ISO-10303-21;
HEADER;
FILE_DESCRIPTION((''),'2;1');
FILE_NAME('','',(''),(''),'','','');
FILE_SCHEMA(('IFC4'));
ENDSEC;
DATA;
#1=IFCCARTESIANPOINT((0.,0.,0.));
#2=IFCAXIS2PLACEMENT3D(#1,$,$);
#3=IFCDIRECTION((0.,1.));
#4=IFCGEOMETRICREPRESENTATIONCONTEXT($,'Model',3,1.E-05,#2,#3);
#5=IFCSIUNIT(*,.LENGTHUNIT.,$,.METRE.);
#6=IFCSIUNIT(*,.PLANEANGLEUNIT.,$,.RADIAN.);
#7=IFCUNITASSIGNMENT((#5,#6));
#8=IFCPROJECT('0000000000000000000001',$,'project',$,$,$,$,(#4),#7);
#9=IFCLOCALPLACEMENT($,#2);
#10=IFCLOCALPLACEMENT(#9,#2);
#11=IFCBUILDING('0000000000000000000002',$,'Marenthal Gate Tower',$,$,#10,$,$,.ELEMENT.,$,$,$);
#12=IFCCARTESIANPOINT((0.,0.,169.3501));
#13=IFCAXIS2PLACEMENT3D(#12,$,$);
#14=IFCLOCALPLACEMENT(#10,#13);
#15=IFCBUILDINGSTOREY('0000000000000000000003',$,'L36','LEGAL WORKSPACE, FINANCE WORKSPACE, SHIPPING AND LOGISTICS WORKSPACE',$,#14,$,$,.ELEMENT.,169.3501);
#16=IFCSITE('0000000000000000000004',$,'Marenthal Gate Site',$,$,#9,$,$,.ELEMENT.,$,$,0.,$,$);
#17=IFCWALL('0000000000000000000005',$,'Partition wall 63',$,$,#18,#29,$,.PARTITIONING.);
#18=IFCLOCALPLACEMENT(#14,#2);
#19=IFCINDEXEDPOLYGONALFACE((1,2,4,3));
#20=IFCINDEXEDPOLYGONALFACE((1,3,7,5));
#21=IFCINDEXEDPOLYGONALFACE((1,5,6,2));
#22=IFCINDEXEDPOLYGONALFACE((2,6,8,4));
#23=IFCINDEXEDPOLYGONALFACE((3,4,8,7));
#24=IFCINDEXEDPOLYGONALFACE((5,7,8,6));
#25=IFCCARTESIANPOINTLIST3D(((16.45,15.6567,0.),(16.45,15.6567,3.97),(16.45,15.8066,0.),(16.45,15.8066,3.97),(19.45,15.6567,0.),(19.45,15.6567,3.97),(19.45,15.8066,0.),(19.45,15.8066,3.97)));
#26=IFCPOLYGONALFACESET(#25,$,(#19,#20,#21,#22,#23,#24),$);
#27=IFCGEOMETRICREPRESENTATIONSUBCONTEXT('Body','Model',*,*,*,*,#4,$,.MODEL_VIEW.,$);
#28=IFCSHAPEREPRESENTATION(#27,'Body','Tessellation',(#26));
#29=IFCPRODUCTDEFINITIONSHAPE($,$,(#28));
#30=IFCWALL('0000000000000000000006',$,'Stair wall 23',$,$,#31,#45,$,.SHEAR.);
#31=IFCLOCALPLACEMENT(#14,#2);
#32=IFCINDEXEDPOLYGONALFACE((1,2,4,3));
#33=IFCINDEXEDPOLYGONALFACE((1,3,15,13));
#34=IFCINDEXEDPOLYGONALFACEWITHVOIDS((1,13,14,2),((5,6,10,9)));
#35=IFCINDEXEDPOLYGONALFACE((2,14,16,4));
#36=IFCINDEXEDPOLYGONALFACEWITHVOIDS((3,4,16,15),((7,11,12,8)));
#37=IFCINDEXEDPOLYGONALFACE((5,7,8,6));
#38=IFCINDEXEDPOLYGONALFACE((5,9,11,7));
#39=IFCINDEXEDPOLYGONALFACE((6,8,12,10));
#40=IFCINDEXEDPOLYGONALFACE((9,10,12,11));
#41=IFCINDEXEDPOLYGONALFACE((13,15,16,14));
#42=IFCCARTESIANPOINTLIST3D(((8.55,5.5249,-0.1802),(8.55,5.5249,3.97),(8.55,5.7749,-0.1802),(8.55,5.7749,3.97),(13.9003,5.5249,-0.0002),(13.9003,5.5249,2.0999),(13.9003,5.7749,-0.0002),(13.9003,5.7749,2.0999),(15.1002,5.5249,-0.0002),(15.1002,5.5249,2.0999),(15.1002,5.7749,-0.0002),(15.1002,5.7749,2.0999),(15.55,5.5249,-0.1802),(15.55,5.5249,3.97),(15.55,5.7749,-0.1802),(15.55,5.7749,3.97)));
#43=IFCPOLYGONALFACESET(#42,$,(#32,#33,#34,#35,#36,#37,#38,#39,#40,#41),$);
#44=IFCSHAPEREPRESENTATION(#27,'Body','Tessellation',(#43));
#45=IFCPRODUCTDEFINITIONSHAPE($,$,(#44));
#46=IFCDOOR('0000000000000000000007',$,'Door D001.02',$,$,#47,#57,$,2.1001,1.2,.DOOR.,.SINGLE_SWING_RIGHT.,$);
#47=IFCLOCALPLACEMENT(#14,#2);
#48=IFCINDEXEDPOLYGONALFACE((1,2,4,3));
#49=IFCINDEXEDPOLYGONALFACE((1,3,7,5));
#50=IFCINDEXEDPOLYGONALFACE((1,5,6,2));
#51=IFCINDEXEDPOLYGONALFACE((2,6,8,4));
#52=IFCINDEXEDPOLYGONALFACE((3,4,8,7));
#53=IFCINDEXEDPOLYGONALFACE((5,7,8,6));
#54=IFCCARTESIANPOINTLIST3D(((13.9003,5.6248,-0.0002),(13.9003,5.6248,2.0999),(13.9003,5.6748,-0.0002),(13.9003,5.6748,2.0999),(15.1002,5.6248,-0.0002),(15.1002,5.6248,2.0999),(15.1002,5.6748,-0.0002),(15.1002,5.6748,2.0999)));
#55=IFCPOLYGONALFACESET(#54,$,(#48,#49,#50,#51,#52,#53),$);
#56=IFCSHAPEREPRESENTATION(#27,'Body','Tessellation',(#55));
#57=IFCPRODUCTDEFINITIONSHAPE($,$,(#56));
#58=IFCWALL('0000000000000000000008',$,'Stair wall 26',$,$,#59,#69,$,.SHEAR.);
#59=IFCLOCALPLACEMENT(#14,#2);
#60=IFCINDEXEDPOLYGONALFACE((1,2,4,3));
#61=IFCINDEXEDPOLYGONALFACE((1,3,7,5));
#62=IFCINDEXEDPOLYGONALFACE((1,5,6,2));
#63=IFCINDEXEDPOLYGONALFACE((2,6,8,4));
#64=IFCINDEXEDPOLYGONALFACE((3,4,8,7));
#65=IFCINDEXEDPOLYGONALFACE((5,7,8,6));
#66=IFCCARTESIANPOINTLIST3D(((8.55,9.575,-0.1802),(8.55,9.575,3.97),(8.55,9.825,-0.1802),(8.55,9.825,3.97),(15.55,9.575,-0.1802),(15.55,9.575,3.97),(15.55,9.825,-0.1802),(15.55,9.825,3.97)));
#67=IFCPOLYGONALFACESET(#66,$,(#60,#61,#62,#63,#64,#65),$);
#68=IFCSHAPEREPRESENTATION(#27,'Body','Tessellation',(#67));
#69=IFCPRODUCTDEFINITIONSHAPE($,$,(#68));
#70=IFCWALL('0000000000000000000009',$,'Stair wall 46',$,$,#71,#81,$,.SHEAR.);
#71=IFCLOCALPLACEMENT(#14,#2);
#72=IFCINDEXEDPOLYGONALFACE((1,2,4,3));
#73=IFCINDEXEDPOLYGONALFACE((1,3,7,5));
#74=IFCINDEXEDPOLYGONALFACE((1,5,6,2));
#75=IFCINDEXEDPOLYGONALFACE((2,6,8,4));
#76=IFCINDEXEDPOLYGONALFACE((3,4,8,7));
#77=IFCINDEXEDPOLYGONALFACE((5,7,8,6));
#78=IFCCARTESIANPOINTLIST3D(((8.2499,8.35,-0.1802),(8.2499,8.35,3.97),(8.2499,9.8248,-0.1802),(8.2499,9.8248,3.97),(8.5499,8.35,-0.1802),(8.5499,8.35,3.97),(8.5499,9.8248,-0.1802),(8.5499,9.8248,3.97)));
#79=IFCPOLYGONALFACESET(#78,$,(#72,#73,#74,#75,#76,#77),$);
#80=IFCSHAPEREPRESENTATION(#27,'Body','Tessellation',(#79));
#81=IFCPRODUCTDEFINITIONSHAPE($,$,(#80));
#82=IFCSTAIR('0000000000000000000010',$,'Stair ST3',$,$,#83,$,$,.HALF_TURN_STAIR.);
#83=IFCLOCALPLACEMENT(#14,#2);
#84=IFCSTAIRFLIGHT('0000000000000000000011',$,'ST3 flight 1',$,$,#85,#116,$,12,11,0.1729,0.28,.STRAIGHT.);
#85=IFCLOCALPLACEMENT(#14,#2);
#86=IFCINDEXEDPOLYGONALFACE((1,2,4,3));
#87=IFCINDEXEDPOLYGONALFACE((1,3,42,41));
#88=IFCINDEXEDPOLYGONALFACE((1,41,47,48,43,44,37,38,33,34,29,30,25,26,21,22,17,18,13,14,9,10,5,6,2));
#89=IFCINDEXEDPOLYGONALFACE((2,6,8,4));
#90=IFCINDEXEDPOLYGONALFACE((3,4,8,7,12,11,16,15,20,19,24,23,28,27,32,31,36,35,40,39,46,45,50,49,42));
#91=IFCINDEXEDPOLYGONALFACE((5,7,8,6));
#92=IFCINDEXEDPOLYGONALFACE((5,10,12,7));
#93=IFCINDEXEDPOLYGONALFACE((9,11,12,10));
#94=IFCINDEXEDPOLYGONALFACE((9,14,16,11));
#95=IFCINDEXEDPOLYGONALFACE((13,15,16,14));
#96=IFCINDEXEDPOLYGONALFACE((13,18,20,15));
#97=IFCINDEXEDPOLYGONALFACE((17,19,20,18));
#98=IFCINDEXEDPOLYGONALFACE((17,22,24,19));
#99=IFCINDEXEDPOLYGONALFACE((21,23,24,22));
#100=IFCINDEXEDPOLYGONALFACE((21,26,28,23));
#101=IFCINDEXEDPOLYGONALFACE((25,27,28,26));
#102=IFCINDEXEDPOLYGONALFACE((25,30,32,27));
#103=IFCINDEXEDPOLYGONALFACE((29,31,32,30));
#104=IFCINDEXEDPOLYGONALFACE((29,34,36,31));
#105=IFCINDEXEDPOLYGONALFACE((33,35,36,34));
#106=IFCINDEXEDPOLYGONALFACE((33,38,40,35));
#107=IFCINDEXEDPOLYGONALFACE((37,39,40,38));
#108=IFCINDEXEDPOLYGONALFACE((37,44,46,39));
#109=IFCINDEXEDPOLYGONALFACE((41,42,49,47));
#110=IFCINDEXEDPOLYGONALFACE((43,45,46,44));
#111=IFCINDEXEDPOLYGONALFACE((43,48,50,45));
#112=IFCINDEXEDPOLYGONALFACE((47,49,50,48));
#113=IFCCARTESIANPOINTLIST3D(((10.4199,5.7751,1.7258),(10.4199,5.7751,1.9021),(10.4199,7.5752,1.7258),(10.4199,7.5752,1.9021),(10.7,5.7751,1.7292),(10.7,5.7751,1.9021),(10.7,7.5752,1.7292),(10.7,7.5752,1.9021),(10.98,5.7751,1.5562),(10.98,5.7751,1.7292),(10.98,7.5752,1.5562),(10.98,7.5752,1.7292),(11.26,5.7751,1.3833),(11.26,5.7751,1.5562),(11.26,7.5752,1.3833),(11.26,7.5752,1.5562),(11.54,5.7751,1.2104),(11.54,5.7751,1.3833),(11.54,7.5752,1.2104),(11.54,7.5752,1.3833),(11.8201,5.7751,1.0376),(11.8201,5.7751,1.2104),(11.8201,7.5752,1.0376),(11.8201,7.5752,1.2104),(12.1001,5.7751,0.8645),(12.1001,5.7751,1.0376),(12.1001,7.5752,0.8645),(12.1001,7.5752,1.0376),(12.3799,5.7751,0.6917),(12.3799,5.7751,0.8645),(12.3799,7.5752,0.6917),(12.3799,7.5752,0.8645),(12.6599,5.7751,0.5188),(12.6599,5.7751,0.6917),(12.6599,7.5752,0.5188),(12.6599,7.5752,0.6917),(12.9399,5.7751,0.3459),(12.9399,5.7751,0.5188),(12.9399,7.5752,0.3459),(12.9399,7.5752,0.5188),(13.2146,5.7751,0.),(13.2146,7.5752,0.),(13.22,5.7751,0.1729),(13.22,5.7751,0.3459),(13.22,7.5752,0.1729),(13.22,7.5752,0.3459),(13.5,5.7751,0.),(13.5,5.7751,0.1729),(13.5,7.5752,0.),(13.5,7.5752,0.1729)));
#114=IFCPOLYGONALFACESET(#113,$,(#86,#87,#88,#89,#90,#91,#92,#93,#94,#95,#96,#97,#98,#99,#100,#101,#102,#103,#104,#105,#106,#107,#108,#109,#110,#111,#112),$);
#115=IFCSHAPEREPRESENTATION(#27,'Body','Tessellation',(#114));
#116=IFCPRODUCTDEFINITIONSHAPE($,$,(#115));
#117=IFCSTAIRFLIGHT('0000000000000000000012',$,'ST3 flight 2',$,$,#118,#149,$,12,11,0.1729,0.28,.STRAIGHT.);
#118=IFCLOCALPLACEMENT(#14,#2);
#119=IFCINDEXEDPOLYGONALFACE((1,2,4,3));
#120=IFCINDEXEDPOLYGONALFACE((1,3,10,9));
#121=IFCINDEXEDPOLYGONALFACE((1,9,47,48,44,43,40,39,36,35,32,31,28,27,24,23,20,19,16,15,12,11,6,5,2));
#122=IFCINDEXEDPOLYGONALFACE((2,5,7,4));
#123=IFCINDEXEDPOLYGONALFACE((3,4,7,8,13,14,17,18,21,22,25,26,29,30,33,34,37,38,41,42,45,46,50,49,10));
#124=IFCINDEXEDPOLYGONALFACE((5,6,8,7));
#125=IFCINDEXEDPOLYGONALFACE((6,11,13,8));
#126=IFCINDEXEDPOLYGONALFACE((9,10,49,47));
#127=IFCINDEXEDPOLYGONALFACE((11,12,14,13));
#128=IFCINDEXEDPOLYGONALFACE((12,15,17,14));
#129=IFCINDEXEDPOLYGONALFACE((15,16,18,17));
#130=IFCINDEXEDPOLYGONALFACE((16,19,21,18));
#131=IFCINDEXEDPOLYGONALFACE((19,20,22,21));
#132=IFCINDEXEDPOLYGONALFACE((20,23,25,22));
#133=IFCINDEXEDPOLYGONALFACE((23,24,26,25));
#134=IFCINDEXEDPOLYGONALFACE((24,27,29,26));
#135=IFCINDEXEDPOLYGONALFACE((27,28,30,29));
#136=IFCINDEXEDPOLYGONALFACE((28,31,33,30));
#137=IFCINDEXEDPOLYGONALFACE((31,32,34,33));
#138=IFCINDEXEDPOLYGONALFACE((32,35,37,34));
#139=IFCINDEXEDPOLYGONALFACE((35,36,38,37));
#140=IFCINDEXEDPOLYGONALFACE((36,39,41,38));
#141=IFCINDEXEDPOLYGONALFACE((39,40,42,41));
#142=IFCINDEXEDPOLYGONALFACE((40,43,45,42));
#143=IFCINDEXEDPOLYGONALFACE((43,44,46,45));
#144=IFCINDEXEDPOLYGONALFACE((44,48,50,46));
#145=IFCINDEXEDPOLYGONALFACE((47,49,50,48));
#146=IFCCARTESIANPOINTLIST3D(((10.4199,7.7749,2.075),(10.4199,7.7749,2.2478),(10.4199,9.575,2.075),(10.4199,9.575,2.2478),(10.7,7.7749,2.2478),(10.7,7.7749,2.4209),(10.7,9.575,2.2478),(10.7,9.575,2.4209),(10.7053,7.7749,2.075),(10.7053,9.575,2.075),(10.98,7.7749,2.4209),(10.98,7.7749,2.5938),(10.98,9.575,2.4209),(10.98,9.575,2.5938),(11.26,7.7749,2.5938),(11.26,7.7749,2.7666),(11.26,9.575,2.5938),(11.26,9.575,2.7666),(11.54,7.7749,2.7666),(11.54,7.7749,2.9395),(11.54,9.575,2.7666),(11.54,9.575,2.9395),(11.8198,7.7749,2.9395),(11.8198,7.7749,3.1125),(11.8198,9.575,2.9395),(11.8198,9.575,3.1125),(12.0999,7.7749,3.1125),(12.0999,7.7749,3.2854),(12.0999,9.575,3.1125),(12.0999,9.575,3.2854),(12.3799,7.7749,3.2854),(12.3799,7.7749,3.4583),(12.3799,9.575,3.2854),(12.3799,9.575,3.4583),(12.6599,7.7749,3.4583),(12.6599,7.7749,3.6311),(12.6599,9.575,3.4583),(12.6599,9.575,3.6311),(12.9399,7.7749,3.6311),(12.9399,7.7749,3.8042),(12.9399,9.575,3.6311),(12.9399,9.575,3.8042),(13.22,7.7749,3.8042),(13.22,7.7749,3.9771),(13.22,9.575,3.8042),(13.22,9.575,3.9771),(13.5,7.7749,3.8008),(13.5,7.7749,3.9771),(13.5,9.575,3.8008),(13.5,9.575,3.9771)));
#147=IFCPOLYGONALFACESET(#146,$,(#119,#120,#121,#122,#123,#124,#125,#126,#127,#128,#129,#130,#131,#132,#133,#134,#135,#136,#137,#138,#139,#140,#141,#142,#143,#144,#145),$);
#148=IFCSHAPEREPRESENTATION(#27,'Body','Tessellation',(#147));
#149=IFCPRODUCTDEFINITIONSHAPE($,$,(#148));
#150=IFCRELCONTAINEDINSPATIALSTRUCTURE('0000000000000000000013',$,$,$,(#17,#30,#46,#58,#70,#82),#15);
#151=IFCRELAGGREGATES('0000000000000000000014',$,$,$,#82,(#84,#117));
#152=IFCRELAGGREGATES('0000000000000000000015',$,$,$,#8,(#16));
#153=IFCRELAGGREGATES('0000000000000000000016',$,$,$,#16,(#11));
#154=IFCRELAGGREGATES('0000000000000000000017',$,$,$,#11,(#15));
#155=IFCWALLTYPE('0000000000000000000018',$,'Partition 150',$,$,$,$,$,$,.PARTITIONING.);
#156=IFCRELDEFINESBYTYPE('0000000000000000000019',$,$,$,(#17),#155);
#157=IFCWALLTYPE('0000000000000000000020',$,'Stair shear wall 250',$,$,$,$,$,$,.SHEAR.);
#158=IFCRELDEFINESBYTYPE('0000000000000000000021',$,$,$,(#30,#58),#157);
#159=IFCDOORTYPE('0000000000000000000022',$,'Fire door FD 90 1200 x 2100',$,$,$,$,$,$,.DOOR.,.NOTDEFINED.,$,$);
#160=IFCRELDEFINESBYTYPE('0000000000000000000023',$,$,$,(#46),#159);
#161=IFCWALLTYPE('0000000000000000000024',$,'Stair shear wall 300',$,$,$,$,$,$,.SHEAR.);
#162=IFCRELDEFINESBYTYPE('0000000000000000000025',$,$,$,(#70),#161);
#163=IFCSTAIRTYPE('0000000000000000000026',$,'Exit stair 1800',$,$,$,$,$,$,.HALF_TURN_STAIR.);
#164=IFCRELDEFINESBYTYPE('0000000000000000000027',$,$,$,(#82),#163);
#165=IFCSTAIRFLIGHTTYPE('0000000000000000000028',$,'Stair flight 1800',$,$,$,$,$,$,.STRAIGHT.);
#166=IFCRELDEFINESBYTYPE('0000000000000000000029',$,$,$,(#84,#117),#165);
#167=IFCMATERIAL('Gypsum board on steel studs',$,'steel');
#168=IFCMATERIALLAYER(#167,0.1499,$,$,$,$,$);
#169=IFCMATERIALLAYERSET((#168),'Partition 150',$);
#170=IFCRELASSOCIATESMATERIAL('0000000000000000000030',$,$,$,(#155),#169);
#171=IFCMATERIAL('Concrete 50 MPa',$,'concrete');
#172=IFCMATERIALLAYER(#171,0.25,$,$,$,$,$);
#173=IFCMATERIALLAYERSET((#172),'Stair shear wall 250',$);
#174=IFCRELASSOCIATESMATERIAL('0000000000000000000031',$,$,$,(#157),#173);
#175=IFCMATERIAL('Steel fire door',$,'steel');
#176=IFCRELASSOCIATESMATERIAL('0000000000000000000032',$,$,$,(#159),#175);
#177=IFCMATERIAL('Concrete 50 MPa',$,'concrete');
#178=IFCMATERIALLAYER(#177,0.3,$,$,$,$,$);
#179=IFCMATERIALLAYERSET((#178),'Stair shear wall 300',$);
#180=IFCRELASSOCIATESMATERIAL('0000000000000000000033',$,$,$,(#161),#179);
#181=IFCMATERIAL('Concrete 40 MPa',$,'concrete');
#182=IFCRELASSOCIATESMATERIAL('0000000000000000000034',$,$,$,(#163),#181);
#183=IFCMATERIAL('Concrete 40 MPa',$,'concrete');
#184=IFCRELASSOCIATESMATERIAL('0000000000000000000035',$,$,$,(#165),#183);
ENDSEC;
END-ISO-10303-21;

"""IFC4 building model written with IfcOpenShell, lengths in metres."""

from ifc_helpers import new_model, si_unit, direction, frame, frame_2d, origin, place, context, subcontext, project, spatial, polyline, rectangle, outline, extrude, material, layer, layer_set, type_object, element, fill, aggregate, save


model = new_model("IFC4")

# Units and contexts
model_context = context("Model", 3, precision=1e-05, world=origin(), true_north=direction((0.0, 1.0)))
body_context = subcontext(model_context, "Body", "Model", "MODEL_VIEW")
ifc_project = project(units=[si_unit("LENGTHUNIT", "METRE"), si_unit("PLANEANGLEUNIT", "RADIAN")], contexts=[model_context])

# Site, building, storey
site_placement = place(None, origin())
site = spatial("IfcSite", under=ifc_project, at=site_placement, Name="Marenthal Gate Site", CompositionType="ELEMENT", RefElevation=0.0)
building_placement = place(site_placement, origin())
building = spatial("IfcBuilding", under=site, at=building_placement, Name="Marenthal Gate Tower", CompositionType="ELEMENT")
storey_placement = place(building_placement, frame((0.0, 0.0, 169.3501)))
storey = spatial("IfcBuildingStorey", under=building, at=storey_placement, Name="L36", Description="LEGAL WORKSPACE, FINANCE WORKSPACE, SHIPPING AND LOGISTICS WORKSPACE", CompositionType="ELEMENT", Elevation=169.3501)

# Shared definitions
ifc_material_1 = material(Name="Gypsum board on steel studs", Category="steel")
ifc_layer_1 = layer(ifc_material_1, 0.1499)
ifc_layer_set_1 = layer_set([ifc_layer_1], Name="Partition 150")
wall_type_1 = type_object("IfcWallType", Name="Partition 150", PredefinedType="PARTITIONING", material=ifc_layer_set_1)

# Wall
wall_1_placement = place(storey_placement, frame((16.45, 15.7317, 0.0), z_axis=(0.0, 0.0, 1.0), x_axis=(1.0, 0.0, 0.0)))
element("IfcWall", 1, at=wall_1_placement, inside=storey, type_object=wall_type_1, Name="Partition wall 63", PredefinedType="PARTITIONING", context=body_context, shape_type="SweptSolid", body=[
    extrude(rectangle(XDim=3.0, YDim=0.1499, at=frame_2d((1.5, 0.0))), origin(), (0.0, 0.0, 1.0), 3.97),
])

# Wall, opening, door
ifc_material_2 = material(Name="Concrete 50 MPa", Category="concrete")
ifc_layer_2 = layer(ifc_material_2, 0.25)
ifc_layer_set_2 = layer_set([ifc_layer_2], Name="Stair shear wall 250")
wall_type_2 = type_object("IfcWallType", Name="Stair shear wall 250", PredefinedType="SHEAR", material=ifc_layer_set_2)
wall_2_placement = place(storey_placement, frame((8.55, 5.6499, -0.1802), z_axis=(0.0, 0.0, 1.0), x_axis=(1.0, 0.0, 0.0)))
wall_2 = element("IfcWall", 2, at=wall_2_placement, inside=storey, type_object=wall_type_2, Name="Stair wall 23", PredefinedType="SHEAR", context=body_context, shape_type="SweptSolid", body=[
    extrude(rectangle(XDim=7.0, YDim=0.25, at=frame_2d((3.5, 0.0))), origin(), (0.0, 0.0, 1.0), 4.1501),
])
opening_1_placement = place(wall_2_placement, frame((5.3501, 0.0, 0.1799)))
opening_1 = element("IfcOpeningElement", 3, at=opening_1_placement, cuts=wall_2, PredefinedType="OPENING", context=body_context, shape_type="SweptSolid", body=[
    extrude(rectangle(XDim=1.2, YDim=2.1001, at=frame_2d((0.6001, 1.05))), frame((0.0, 0.135, 0.0), z_axis=(0.0, -1.0, 0.0), x_axis=(1.0, 0.0, 0.0)), (0.0, 0.0, 1.0), 0.27),
])
ifc_material_3 = material(Name="Steel fire door", Category="steel")
door_type_1 = type_object("IfcDoorType", Name="Fire door FD 90 1200 x 2100", OperationType="NOTDEFINED", PredefinedType="DOOR", material=ifc_material_3)
door_1_placement = place(opening_1_placement, origin())
door_1 = element("IfcDoor", 4, at=door_1_placement, inside=storey, type_object=door_type_1, Name="Door D001.02", OperationType="SINGLE_SWING_RIGHT", OverallHeight=2.1001, OverallWidth=1.2, PredefinedType="DOOR", context=body_context, shape_type="SweptSolid", body=[
    extrude(rectangle(XDim=1.2, YDim=2.1001, at=frame_2d((0.6001, 1.05))), frame((0.0, 0.0249, 0.0), z_axis=(0.0, -1.0, 0.0), x_axis=(1.0, 0.0, 0.0)), (0.0, 0.0, 1.0), 0.05),
])
fill(opening_1, door_1)

# Walls
wall_3_placement = place(storey_placement, frame((8.55, 9.7, -0.1802), z_axis=(0.0, 0.0, 1.0), x_axis=(1.0, 0.0, 0.0)))
element("IfcWall", 5, at=wall_3_placement, inside=storey, type_object=wall_type_2, Name="Stair wall 26", PredefinedType="SHEAR", context=body_context, shape_type="SweptSolid", body=[
    extrude(rectangle(XDim=7.0, YDim=0.25, at=frame_2d((3.5, 0.0))), origin(), (0.0, 0.0, 1.0), 4.1501),
])
ifc_material_4 = material(Name="Concrete 50 MPa", Category="concrete")
ifc_layer_3 = layer(ifc_material_4, 0.3)
ifc_layer_set_3 = layer_set([ifc_layer_3], Name="Stair shear wall 300")
wall_type_3 = type_object("IfcWallType", Name="Stair shear wall 300", PredefinedType="SHEAR", material=ifc_layer_set_3)
wall_4_placement = place(storey_placement, frame((8.3999, 8.3501, -0.1802), z_axis=(0.0, 0.0, 1.0), x_axis=(0.0, 1.0, 0.0)))
element("IfcWall", 6, at=wall_4_placement, inside=storey, type_object=wall_type_3, Name="Stair wall 46", PredefinedType="SHEAR", context=body_context, shape_type="SweptSolid", body=[
    extrude(rectangle(XDim=1.4749, YDim=0.3, at=frame_2d((0.7373, 0.0))), origin(), (0.0, 0.0, 1.0), 4.1501),
])

# Stair, stair flights
ifc_material_5 = material(Name="Concrete 40 MPa", Category="concrete")
stair_type = type_object("IfcStairType", Name="Exit stair 1800", PredefinedType="HALF_TURN_STAIR", material=ifc_material_5)
stair_placement = place(storey_placement, origin())
stair = element("IfcStair", 7, at=stair_placement, inside=storey, type_object=stair_type, Name="Stair ST3", PredefinedType="HALF_TURN_STAIR")
ifc_material_6 = material(Name="Concrete 40 MPa", Category="concrete")
stair_flight_type = type_object("IfcStairFlightType", Name="Stair flight 1800", PredefinedType="STRAIGHT", material=ifc_material_6)
stair_flight_1_placement = place(storey_placement, frame((13.5, 6.675, 0.0), z_axis=(0.0, 0.0, 1.0), x_axis=(-1.0, 0.0, 0.0)))
stair_flight_1 = element("IfcStairFlight", 8, at=stair_flight_1_placement, type_object=stair_flight_type, Name="ST3 flight 1", NumberOfRisers=12, NumberOfTreads=11, PredefinedType="STRAIGHT", RiserHeight=0.1729, TreadLength=0.28, context=body_context, shape_type="SweptSolid", body=[
    extrude(outline(polyline([(0.0, 0.0), (0.0, 0.1729), (0.28, 0.1729), (0.28, 0.3459), (0.5601, 0.3459), (0.5601, 0.5188), (0.8401, 0.5188), (0.8401, 0.6917), (1.1201, 0.6917), (1.1201, 0.8645), (1.3999, 0.8645), (1.3999, 1.0376), (1.6799, 1.0376), (1.6799, 1.2104), (1.96, 1.2104), (1.96, 1.3833), (2.24, 1.3833), (2.24, 1.5562), (2.52, 1.5562), (2.52, 1.7292), (2.8, 1.7292), (2.8, 1.9021), (3.0801, 1.9021), (3.0801, 2.075), (3.0801, 1.7258), (0.2854, 0.0), (0.0, 0.0)])), frame((0.0, 0.8999, 0.0), z_axis=(0.0, -1.0, 0.0), x_axis=(1.0, 0.0, 0.0)), (0.0, 0.0, 1.0), 1.8),
])
stair_flight_2_placement = place(storey_placement, frame((10.4199, 8.675, 2.075), z_axis=(0.0, 0.0, 1.0), x_axis=(1.0, 0.0, 0.0)))
stair_flight_2 = element("IfcStairFlight", 9, at=stair_flight_2_placement, type_object=stair_flight_type, Name="ST3 flight 2", NumberOfRisers=12, NumberOfTreads=11, PredefinedType="STRAIGHT", RiserHeight=0.1729, TreadLength=0.28, context=body_context, shape_type="SweptSolid", body=[
    extrude(outline(polyline([(0.0, 0.0), (0.0, 0.1729), (0.28, 0.1729), (0.28, 0.3459), (0.5601, 0.3459), (0.5601, 0.5188), (0.8401, 0.5188), (0.8401, 0.6917), (1.1201, 0.6917), (1.1201, 0.8645), (1.3999, 0.8645), (1.3999, 1.0376), (1.6799, 1.0376), (1.6799, 1.2104), (1.96, 1.2104), (1.96, 1.3833), (2.24, 1.3833), (2.24, 1.5562), (2.52, 1.5562), (2.52, 1.7292), (2.8, 1.7292), (2.8, 1.9021), (3.0801, 1.9021), (3.0801, 2.075), (3.0801, 1.7258), (0.2854, 0.0), (0.0, 0.0)])), frame((0.0, 0.8999, 0.0), z_axis=(0.0, -1.0, 0.0), x_axis=(1.0, 0.0, 0.0)), (0.0, 0.0, 1.0), 1.8),
])
aggregate(stair, [stair_flight_1, stair_flight_2])

save(model, "model.ifc")
